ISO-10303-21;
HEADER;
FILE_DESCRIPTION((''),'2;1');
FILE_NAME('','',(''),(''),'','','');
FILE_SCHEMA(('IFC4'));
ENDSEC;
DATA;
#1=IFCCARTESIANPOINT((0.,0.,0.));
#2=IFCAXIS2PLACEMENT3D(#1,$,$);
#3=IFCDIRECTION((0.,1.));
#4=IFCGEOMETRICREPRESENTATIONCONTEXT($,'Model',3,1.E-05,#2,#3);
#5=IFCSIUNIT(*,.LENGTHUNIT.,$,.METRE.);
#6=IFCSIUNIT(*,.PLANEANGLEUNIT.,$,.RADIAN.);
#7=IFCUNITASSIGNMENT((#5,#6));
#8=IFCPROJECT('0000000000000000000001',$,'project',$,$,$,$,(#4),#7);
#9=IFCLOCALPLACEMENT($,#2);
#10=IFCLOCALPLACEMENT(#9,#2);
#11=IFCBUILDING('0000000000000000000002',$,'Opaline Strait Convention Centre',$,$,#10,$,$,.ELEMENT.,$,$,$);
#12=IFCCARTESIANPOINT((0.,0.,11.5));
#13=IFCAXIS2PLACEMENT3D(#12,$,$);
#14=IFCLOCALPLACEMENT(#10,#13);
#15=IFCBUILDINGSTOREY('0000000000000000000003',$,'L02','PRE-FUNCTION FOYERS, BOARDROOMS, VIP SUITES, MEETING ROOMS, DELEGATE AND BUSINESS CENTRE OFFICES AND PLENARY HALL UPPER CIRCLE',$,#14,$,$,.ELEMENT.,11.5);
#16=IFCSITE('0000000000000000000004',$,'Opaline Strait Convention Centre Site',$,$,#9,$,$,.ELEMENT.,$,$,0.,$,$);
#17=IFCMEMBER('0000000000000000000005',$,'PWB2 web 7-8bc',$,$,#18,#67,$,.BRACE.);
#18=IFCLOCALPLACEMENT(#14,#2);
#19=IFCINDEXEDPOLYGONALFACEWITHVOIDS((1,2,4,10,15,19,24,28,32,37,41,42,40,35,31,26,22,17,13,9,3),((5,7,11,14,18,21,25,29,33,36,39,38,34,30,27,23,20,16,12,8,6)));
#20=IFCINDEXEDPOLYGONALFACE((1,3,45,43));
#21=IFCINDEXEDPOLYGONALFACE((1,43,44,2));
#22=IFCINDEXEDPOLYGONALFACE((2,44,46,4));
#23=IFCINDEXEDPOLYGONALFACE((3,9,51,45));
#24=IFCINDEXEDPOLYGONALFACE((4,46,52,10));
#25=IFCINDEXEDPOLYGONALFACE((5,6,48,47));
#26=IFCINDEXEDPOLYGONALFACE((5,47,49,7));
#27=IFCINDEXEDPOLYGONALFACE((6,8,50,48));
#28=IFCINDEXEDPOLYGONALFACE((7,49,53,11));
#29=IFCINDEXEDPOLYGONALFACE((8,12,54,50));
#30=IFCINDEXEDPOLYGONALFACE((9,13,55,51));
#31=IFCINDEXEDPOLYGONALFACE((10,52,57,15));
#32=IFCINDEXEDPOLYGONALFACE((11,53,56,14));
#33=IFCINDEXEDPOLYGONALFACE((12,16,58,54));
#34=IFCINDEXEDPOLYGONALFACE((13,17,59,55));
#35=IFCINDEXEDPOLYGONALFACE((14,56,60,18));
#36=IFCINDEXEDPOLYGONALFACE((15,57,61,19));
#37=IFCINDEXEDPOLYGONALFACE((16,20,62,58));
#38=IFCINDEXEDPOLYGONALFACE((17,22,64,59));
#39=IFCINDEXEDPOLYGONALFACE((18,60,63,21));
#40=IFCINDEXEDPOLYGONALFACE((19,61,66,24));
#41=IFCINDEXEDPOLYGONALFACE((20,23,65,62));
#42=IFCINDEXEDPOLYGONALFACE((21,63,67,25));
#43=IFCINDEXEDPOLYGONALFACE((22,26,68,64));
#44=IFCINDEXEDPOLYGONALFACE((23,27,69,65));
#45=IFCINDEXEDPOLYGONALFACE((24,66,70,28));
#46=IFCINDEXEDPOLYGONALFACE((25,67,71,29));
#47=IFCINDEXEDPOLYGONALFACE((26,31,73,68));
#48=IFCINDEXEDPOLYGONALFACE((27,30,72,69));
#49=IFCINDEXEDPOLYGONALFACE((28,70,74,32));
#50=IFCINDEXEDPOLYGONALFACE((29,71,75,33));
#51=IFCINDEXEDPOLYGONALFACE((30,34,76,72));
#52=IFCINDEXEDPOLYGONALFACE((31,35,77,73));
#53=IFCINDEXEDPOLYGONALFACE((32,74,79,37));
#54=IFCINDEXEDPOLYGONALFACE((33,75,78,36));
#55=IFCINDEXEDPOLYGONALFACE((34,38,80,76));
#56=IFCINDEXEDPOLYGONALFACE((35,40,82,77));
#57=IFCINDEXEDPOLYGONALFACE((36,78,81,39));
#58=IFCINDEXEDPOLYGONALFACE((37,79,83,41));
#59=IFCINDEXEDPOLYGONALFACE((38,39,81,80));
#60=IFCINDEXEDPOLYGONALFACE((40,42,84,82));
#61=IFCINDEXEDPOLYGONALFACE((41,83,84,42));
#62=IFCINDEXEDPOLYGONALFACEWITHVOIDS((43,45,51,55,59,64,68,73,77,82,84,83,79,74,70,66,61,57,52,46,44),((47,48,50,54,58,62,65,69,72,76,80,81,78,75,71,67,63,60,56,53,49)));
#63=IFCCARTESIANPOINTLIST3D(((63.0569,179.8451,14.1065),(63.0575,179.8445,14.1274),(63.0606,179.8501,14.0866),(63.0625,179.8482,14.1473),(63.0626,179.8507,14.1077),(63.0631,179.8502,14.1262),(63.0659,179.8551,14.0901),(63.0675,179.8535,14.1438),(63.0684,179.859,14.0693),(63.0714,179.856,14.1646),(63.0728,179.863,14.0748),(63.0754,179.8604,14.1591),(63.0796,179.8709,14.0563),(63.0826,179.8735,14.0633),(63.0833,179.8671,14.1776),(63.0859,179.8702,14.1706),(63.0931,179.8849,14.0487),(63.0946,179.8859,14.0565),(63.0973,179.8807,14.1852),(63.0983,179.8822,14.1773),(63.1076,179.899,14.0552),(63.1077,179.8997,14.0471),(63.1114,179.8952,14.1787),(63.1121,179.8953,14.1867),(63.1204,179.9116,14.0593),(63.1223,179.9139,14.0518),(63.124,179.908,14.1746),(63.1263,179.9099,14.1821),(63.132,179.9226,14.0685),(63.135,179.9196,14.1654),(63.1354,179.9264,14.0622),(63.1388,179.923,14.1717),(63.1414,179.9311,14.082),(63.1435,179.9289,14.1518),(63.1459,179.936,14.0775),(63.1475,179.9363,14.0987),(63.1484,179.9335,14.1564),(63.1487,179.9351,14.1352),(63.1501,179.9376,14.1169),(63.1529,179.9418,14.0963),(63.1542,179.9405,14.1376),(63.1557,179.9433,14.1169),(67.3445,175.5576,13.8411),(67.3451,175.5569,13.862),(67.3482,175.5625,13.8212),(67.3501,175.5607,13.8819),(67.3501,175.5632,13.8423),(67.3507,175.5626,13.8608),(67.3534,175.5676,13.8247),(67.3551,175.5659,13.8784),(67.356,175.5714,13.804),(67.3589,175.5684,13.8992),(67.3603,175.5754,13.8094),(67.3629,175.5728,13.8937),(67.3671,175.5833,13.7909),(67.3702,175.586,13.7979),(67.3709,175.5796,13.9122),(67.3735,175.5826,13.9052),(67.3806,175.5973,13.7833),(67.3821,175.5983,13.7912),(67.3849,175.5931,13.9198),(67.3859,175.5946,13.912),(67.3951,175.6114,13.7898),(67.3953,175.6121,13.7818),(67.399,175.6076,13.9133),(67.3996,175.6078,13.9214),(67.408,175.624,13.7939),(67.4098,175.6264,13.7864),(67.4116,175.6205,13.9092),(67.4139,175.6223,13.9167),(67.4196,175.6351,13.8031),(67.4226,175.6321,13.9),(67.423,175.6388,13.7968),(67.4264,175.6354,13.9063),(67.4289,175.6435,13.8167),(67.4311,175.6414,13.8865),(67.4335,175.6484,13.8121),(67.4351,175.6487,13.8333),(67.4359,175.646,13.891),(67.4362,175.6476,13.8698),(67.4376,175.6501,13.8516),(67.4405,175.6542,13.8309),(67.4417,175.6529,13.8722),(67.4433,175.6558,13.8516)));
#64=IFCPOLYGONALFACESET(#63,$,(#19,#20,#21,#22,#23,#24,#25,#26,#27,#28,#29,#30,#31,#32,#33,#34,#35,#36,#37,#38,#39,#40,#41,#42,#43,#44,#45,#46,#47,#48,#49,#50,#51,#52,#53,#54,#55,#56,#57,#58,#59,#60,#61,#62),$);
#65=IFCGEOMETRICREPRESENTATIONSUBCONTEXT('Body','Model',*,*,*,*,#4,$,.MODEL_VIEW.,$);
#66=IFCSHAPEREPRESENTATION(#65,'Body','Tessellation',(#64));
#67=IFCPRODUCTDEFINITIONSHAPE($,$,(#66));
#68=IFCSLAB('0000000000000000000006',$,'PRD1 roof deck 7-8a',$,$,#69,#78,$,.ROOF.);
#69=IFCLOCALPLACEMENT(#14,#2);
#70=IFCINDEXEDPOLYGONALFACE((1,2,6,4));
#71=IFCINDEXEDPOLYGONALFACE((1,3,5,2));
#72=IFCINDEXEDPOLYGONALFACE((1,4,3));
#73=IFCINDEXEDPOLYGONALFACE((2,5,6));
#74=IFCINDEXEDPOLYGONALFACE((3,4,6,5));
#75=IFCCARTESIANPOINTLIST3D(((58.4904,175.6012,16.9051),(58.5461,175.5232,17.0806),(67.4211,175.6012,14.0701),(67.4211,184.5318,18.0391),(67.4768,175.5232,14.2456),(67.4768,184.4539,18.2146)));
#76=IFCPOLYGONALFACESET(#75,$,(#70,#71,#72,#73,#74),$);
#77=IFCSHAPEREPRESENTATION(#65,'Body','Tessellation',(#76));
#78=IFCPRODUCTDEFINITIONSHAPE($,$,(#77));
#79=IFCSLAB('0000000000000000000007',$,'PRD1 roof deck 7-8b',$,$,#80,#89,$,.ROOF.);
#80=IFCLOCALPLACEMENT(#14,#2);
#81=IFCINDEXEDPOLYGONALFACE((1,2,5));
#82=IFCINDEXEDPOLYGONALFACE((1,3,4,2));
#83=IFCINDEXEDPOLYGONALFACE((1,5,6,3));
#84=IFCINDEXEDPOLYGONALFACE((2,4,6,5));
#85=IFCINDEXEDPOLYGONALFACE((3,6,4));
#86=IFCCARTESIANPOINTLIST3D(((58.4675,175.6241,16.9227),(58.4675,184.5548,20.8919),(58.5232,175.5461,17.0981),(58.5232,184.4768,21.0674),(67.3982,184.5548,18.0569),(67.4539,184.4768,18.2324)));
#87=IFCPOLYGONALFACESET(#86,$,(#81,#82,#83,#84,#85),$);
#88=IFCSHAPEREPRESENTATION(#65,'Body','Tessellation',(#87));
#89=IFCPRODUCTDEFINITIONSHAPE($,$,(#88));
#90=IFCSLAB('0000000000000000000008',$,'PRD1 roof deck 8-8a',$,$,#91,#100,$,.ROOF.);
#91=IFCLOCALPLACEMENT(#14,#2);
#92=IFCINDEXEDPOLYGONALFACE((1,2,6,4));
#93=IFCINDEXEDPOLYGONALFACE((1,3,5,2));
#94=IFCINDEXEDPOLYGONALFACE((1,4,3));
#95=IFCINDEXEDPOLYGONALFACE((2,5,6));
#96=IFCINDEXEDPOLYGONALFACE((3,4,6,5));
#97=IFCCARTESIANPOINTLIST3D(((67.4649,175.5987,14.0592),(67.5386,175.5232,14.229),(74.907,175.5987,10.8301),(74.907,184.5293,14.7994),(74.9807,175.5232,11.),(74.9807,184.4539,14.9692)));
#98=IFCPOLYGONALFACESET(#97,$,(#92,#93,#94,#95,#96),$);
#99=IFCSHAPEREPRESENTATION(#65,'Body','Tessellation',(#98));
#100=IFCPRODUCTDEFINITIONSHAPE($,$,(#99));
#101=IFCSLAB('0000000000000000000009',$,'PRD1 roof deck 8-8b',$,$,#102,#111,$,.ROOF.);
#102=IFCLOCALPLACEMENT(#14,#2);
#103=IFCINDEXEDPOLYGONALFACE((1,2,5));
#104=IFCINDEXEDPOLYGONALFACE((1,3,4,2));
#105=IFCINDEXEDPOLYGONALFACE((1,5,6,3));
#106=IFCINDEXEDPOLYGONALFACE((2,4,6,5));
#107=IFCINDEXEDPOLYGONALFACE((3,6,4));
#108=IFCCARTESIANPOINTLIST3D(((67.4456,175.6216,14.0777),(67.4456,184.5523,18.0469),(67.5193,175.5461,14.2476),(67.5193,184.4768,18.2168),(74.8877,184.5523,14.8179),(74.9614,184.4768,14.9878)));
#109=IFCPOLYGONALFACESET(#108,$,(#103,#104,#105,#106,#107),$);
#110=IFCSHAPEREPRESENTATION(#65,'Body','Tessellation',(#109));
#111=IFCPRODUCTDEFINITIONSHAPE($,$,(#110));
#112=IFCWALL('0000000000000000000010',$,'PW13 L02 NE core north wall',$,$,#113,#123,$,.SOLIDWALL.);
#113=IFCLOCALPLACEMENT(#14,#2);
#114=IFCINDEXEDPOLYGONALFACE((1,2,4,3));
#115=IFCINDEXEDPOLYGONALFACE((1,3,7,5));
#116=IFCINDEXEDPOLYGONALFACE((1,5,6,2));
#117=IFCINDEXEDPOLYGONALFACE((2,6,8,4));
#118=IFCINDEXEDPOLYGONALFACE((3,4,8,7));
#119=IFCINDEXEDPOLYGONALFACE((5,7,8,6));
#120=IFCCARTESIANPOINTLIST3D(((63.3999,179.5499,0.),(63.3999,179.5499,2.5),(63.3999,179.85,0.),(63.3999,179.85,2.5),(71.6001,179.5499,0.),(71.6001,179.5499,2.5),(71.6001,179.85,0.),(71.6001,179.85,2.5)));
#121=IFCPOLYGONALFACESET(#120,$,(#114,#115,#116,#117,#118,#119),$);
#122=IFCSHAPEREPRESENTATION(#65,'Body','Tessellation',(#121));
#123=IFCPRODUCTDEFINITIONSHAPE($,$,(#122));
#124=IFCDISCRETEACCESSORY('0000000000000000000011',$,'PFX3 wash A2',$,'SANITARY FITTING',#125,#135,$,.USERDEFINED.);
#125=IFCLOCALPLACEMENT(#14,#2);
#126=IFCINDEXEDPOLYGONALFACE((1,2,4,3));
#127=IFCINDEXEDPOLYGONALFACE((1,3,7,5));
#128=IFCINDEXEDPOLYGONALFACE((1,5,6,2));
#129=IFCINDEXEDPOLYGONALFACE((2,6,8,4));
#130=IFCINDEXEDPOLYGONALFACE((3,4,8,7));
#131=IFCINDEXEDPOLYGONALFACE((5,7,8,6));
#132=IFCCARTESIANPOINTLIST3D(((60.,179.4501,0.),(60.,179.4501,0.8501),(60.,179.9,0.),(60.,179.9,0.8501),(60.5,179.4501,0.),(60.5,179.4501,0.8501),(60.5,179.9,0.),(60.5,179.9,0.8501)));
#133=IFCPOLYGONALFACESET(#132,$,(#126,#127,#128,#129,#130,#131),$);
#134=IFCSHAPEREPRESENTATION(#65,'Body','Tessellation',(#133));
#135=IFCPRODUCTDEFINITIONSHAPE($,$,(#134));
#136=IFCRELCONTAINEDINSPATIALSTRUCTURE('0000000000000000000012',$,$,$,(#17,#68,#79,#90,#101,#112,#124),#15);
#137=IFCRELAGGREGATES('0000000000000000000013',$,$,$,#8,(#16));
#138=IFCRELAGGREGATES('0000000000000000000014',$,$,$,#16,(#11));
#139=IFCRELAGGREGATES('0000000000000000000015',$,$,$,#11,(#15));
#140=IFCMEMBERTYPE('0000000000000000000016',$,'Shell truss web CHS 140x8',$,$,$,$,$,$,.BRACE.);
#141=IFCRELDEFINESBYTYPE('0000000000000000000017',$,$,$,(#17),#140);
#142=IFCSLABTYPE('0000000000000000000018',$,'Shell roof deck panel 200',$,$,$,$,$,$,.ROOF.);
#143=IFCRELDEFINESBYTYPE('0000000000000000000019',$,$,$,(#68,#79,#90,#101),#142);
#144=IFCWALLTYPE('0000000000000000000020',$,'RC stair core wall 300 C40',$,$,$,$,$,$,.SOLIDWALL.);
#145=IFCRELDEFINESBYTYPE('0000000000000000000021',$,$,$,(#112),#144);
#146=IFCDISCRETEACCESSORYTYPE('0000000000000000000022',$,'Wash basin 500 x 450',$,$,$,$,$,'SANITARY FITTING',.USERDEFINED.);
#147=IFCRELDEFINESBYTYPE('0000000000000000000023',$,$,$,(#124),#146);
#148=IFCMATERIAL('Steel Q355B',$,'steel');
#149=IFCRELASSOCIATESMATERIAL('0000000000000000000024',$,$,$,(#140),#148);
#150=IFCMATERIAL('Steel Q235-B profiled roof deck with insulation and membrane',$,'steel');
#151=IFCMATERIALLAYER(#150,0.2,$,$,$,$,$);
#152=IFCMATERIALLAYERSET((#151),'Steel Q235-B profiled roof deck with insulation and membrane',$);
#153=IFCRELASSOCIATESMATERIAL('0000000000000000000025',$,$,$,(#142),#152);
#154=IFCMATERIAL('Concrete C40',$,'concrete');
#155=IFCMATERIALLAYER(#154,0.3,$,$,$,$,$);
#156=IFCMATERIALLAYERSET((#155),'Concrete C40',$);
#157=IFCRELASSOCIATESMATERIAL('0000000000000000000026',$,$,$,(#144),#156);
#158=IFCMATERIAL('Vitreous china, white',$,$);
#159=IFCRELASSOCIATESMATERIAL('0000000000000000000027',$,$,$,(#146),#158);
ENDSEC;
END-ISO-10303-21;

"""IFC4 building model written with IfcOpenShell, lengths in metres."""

from ifc_helpers import new_model, si_unit, direction, frame, frame_2d, origin, origin_2d, place, context, subcontext, project, spatial, polyline, rectangle, hollow_circle, outline, extrude, material, layer, layer_set, material_profile, profile_set, type_object, element, save


model = new_model("IFC4")

# Units and contexts
model_context = context("Model", 3, precision=1e-05, world=origin(), true_north=direction((0.0, 1.0)))
body_context = subcontext(model_context, "Body", "Model", "MODEL_VIEW")
ifc_project = project(units=[si_unit("LENGTHUNIT", "METRE"), si_unit("PLANEANGLEUNIT", "RADIAN")], contexts=[model_context])

# Site, building, storey
site_placement = place(None, origin())
site = spatial("IfcSite", under=ifc_project, at=site_placement, Name="Opaline Strait Convention Centre Site", CompositionType="ELEMENT", RefElevation=0.0)
building_placement = place(site_placement, origin())
building = spatial("IfcBuilding", under=site, at=building_placement, Name="Opaline Strait Convention Centre", CompositionType="ELEMENT")
storey_placement = place(building_placement, frame((0.0, 0.0, 11.5)))
storey = spatial("IfcBuildingStorey", under=building, at=storey_placement, Name="L02", Description="PRE-FUNCTION FOYERS, BOARDROOMS, VIP SUITES, MEETING ROOMS, DELEGATE AND BUSINESS CENTRE OFFICES AND PLENARY HALL UPPER CIRCLE", CompositionType="ELEMENT", Elevation=11.5)

# Member
ifc_material_1 = material(Name="Steel Q355B", Category="steel")
ifc_material_profile_1 = material_profile(ifc_material_1, hollow_circle(Radius=0.0701, WallThickness=0.0081, at=origin_2d()), Name="CHS 140x8")
ifc_profile_set_1 = profile_set([ifc_material_profile_1], Name="Steel Q355B")
member_type_1 = type_object("IfcMemberType", Name="Shell truss web CHS 140x8", PredefinedType="BRACE", material=ifc_profile_set_1)
member_1_placement = place(storey_placement, frame((63.1062, 179.8938, 14.1169), z_axis=(0.706431, -0.706431, -0.043725), x_axis=(0.707107, 0.707107, 0.0)))
element("IfcMember", 1, at=member_1_placement, inside=storey, type_object=member_type_1, Name="PWB2 web 7-8bc", PredefinedType="BRACE", context=body_context, shape_type="SweptSolid", body=[
    extrude(hollow_circle(Radius=0.0701, WallThickness=0.0081, at=origin_2d()), origin(), (0.0, 0.0, 1.0), 6.0693),
])

# Slabs
ifc_material_2 = material(Name="Steel Q235-B profiled roof deck with insulation and membrane", Category="steel")
ifc_layer_1 = layer(ifc_material_2, 0.2)
ifc_layer_set_1 = layer_set([ifc_layer_1], Name="Steel Q235-B profiled roof deck with insulation and membrane")
slab_type = type_object("IfcSlabType", Name="Shell roof deck panel 200", PredefinedType="ROOF", material=ifc_layer_set_1)
slab_1_placement = place(storey_placement, frame((58.5461, 175.5232, 17.0806), z_axis=(0.278599, -0.390043, 0.877639), x_axis=(0.95313, 0.0, -0.302563)))
element("IfcSlab", 2, at=slab_1_placement, inside=storey, type_object=slab_type, Name="PRD1 roof deck 7-8a", PredefinedType="ROOF", context=body_context, shape_type="SweptSolid", body=[
    extrude(outline(polyline([(0.0, 0.0), (9.3698, 0.0), (8.169, 9.6988), (0.0, 0.0)])), origin(), (0.0, 0.0, -1.0), 0.2),
])
slab_2_placement = place(storey_placement, frame((58.5232, 175.5461, 17.0981), z_axis=(0.278596, -0.390063, 0.87763), x_axis=(0.704272, 0.704272, 0.089449)))
element("IfcSlab", 3, at=slab_2_placement, inside=storey, type_object=slab_type, Name="PRD1 roof deck 7-8b", PredefinedType="ROOF", context=body_context, shape_type="SweptSolid", body=[
    extrude(outline(polyline([(0.0, 0.0), (12.6807, 0.0), (6.6447, 7.1666), (0.0, 0.0)])), origin(), (0.0, 0.0, -1.0), 0.2),
])
slab_3_placement = place(storey_placement, frame((67.5386, 175.5232, 14.229), z_axis=(0.368572, -0.37755, 0.849477), x_axis=(0.917372, 0.0, -0.398031)))
element("IfcSlab", 4, at=slab_3_placement, inside=storey, type_object=slab_type, Name="PRD1 roof deck 8-8a", PredefinedType="ROOF", context=body_context, shape_type="SweptSolid", body=[
    extrude(outline(polyline([(0.0, 0.0), (8.1125, 0.0), (6.5326, 9.6445), (0.0, 0.0)])), origin(), (0.0, 0.0, -1.0), 0.2),
])
slab_4_placement = place(storey_placement, frame((67.5193, 175.5461, 14.2476), z_axis=(0.368572, -0.37755, 0.849477), x_axis=(0.638886, 0.766672, 0.063547)))
element("IfcSlab", 5, at=slab_4_placement, inside=storey, type_object=slab_type, Name="PRD1 roof deck 8-8b", PredefinedType="ROOF", context=body_context, shape_type="SweptSolid", body=[
    extrude(outline(polyline([(0.0, 0.0), (11.6486, 0.0), (7.0991, 6.7167), (0.0, 0.0)])), origin(), (0.0, 0.0, -1.0), 0.2),
])

# Wall
ifc_material_3 = material(Name="Concrete C40", Category="concrete")
ifc_layer_2 = layer(ifc_material_3, 0.3)
ifc_layer_set_2 = layer_set([ifc_layer_2], Name="Concrete C40")
wall_type = type_object("IfcWallType", Name="RC stair core wall 300 C40", PredefinedType="SOLIDWALL", material=ifc_layer_set_2)
wall_placement = place(storey_placement, frame((63.3999, 179.7, 0.0), z_axis=(0.0, 0.0, 1.0), x_axis=(1.0, 0.0, 0.0)))
element("IfcWall", 6, at=wall_placement, inside=storey, type_object=wall_type, Name="PW13 L02 NE core north wall", PredefinedType="SOLIDWALL", context=body_context, shape_type="SweptSolid", body=[
    extrude(rectangle(XDim=8.2002, YDim=0.3, at=frame_2d((4.1001, 0.0))), origin(), (0.0, 0.0, 1.0), 2.5),
])

# Discrete accessory
ifc_material_4 = material(Name="Vitreous china, white")
discrete_accessory_type = type_object("IfcDiscreteAccessoryType", Name="Wash basin 500 x 450", ElementType="SANITARY FITTING", PredefinedType="USERDEFINED", material=ifc_material_4)
discrete_accessory_placement = place(storey_placement, frame((60.25, 179.675, 0.0), z_axis=(0.0, 0.0, 1.0), x_axis=(1.0, 0.0, 0.0)))
element("IfcDiscreteAccessory", 7, at=discrete_accessory_placement, inside=storey, type_object=discrete_accessory_type, Name="PFX3 wash A2", ObjectType="SANITARY FITTING", PredefinedType="USERDEFINED", context=body_context, shape_type="SweptSolid", body=[
    extrude(rectangle(XDim=0.5, YDim=0.45, at=origin_2d()), origin(), (0.0, 0.0, 1.0), 0.8501),
])

save(model, "model.ifc")
